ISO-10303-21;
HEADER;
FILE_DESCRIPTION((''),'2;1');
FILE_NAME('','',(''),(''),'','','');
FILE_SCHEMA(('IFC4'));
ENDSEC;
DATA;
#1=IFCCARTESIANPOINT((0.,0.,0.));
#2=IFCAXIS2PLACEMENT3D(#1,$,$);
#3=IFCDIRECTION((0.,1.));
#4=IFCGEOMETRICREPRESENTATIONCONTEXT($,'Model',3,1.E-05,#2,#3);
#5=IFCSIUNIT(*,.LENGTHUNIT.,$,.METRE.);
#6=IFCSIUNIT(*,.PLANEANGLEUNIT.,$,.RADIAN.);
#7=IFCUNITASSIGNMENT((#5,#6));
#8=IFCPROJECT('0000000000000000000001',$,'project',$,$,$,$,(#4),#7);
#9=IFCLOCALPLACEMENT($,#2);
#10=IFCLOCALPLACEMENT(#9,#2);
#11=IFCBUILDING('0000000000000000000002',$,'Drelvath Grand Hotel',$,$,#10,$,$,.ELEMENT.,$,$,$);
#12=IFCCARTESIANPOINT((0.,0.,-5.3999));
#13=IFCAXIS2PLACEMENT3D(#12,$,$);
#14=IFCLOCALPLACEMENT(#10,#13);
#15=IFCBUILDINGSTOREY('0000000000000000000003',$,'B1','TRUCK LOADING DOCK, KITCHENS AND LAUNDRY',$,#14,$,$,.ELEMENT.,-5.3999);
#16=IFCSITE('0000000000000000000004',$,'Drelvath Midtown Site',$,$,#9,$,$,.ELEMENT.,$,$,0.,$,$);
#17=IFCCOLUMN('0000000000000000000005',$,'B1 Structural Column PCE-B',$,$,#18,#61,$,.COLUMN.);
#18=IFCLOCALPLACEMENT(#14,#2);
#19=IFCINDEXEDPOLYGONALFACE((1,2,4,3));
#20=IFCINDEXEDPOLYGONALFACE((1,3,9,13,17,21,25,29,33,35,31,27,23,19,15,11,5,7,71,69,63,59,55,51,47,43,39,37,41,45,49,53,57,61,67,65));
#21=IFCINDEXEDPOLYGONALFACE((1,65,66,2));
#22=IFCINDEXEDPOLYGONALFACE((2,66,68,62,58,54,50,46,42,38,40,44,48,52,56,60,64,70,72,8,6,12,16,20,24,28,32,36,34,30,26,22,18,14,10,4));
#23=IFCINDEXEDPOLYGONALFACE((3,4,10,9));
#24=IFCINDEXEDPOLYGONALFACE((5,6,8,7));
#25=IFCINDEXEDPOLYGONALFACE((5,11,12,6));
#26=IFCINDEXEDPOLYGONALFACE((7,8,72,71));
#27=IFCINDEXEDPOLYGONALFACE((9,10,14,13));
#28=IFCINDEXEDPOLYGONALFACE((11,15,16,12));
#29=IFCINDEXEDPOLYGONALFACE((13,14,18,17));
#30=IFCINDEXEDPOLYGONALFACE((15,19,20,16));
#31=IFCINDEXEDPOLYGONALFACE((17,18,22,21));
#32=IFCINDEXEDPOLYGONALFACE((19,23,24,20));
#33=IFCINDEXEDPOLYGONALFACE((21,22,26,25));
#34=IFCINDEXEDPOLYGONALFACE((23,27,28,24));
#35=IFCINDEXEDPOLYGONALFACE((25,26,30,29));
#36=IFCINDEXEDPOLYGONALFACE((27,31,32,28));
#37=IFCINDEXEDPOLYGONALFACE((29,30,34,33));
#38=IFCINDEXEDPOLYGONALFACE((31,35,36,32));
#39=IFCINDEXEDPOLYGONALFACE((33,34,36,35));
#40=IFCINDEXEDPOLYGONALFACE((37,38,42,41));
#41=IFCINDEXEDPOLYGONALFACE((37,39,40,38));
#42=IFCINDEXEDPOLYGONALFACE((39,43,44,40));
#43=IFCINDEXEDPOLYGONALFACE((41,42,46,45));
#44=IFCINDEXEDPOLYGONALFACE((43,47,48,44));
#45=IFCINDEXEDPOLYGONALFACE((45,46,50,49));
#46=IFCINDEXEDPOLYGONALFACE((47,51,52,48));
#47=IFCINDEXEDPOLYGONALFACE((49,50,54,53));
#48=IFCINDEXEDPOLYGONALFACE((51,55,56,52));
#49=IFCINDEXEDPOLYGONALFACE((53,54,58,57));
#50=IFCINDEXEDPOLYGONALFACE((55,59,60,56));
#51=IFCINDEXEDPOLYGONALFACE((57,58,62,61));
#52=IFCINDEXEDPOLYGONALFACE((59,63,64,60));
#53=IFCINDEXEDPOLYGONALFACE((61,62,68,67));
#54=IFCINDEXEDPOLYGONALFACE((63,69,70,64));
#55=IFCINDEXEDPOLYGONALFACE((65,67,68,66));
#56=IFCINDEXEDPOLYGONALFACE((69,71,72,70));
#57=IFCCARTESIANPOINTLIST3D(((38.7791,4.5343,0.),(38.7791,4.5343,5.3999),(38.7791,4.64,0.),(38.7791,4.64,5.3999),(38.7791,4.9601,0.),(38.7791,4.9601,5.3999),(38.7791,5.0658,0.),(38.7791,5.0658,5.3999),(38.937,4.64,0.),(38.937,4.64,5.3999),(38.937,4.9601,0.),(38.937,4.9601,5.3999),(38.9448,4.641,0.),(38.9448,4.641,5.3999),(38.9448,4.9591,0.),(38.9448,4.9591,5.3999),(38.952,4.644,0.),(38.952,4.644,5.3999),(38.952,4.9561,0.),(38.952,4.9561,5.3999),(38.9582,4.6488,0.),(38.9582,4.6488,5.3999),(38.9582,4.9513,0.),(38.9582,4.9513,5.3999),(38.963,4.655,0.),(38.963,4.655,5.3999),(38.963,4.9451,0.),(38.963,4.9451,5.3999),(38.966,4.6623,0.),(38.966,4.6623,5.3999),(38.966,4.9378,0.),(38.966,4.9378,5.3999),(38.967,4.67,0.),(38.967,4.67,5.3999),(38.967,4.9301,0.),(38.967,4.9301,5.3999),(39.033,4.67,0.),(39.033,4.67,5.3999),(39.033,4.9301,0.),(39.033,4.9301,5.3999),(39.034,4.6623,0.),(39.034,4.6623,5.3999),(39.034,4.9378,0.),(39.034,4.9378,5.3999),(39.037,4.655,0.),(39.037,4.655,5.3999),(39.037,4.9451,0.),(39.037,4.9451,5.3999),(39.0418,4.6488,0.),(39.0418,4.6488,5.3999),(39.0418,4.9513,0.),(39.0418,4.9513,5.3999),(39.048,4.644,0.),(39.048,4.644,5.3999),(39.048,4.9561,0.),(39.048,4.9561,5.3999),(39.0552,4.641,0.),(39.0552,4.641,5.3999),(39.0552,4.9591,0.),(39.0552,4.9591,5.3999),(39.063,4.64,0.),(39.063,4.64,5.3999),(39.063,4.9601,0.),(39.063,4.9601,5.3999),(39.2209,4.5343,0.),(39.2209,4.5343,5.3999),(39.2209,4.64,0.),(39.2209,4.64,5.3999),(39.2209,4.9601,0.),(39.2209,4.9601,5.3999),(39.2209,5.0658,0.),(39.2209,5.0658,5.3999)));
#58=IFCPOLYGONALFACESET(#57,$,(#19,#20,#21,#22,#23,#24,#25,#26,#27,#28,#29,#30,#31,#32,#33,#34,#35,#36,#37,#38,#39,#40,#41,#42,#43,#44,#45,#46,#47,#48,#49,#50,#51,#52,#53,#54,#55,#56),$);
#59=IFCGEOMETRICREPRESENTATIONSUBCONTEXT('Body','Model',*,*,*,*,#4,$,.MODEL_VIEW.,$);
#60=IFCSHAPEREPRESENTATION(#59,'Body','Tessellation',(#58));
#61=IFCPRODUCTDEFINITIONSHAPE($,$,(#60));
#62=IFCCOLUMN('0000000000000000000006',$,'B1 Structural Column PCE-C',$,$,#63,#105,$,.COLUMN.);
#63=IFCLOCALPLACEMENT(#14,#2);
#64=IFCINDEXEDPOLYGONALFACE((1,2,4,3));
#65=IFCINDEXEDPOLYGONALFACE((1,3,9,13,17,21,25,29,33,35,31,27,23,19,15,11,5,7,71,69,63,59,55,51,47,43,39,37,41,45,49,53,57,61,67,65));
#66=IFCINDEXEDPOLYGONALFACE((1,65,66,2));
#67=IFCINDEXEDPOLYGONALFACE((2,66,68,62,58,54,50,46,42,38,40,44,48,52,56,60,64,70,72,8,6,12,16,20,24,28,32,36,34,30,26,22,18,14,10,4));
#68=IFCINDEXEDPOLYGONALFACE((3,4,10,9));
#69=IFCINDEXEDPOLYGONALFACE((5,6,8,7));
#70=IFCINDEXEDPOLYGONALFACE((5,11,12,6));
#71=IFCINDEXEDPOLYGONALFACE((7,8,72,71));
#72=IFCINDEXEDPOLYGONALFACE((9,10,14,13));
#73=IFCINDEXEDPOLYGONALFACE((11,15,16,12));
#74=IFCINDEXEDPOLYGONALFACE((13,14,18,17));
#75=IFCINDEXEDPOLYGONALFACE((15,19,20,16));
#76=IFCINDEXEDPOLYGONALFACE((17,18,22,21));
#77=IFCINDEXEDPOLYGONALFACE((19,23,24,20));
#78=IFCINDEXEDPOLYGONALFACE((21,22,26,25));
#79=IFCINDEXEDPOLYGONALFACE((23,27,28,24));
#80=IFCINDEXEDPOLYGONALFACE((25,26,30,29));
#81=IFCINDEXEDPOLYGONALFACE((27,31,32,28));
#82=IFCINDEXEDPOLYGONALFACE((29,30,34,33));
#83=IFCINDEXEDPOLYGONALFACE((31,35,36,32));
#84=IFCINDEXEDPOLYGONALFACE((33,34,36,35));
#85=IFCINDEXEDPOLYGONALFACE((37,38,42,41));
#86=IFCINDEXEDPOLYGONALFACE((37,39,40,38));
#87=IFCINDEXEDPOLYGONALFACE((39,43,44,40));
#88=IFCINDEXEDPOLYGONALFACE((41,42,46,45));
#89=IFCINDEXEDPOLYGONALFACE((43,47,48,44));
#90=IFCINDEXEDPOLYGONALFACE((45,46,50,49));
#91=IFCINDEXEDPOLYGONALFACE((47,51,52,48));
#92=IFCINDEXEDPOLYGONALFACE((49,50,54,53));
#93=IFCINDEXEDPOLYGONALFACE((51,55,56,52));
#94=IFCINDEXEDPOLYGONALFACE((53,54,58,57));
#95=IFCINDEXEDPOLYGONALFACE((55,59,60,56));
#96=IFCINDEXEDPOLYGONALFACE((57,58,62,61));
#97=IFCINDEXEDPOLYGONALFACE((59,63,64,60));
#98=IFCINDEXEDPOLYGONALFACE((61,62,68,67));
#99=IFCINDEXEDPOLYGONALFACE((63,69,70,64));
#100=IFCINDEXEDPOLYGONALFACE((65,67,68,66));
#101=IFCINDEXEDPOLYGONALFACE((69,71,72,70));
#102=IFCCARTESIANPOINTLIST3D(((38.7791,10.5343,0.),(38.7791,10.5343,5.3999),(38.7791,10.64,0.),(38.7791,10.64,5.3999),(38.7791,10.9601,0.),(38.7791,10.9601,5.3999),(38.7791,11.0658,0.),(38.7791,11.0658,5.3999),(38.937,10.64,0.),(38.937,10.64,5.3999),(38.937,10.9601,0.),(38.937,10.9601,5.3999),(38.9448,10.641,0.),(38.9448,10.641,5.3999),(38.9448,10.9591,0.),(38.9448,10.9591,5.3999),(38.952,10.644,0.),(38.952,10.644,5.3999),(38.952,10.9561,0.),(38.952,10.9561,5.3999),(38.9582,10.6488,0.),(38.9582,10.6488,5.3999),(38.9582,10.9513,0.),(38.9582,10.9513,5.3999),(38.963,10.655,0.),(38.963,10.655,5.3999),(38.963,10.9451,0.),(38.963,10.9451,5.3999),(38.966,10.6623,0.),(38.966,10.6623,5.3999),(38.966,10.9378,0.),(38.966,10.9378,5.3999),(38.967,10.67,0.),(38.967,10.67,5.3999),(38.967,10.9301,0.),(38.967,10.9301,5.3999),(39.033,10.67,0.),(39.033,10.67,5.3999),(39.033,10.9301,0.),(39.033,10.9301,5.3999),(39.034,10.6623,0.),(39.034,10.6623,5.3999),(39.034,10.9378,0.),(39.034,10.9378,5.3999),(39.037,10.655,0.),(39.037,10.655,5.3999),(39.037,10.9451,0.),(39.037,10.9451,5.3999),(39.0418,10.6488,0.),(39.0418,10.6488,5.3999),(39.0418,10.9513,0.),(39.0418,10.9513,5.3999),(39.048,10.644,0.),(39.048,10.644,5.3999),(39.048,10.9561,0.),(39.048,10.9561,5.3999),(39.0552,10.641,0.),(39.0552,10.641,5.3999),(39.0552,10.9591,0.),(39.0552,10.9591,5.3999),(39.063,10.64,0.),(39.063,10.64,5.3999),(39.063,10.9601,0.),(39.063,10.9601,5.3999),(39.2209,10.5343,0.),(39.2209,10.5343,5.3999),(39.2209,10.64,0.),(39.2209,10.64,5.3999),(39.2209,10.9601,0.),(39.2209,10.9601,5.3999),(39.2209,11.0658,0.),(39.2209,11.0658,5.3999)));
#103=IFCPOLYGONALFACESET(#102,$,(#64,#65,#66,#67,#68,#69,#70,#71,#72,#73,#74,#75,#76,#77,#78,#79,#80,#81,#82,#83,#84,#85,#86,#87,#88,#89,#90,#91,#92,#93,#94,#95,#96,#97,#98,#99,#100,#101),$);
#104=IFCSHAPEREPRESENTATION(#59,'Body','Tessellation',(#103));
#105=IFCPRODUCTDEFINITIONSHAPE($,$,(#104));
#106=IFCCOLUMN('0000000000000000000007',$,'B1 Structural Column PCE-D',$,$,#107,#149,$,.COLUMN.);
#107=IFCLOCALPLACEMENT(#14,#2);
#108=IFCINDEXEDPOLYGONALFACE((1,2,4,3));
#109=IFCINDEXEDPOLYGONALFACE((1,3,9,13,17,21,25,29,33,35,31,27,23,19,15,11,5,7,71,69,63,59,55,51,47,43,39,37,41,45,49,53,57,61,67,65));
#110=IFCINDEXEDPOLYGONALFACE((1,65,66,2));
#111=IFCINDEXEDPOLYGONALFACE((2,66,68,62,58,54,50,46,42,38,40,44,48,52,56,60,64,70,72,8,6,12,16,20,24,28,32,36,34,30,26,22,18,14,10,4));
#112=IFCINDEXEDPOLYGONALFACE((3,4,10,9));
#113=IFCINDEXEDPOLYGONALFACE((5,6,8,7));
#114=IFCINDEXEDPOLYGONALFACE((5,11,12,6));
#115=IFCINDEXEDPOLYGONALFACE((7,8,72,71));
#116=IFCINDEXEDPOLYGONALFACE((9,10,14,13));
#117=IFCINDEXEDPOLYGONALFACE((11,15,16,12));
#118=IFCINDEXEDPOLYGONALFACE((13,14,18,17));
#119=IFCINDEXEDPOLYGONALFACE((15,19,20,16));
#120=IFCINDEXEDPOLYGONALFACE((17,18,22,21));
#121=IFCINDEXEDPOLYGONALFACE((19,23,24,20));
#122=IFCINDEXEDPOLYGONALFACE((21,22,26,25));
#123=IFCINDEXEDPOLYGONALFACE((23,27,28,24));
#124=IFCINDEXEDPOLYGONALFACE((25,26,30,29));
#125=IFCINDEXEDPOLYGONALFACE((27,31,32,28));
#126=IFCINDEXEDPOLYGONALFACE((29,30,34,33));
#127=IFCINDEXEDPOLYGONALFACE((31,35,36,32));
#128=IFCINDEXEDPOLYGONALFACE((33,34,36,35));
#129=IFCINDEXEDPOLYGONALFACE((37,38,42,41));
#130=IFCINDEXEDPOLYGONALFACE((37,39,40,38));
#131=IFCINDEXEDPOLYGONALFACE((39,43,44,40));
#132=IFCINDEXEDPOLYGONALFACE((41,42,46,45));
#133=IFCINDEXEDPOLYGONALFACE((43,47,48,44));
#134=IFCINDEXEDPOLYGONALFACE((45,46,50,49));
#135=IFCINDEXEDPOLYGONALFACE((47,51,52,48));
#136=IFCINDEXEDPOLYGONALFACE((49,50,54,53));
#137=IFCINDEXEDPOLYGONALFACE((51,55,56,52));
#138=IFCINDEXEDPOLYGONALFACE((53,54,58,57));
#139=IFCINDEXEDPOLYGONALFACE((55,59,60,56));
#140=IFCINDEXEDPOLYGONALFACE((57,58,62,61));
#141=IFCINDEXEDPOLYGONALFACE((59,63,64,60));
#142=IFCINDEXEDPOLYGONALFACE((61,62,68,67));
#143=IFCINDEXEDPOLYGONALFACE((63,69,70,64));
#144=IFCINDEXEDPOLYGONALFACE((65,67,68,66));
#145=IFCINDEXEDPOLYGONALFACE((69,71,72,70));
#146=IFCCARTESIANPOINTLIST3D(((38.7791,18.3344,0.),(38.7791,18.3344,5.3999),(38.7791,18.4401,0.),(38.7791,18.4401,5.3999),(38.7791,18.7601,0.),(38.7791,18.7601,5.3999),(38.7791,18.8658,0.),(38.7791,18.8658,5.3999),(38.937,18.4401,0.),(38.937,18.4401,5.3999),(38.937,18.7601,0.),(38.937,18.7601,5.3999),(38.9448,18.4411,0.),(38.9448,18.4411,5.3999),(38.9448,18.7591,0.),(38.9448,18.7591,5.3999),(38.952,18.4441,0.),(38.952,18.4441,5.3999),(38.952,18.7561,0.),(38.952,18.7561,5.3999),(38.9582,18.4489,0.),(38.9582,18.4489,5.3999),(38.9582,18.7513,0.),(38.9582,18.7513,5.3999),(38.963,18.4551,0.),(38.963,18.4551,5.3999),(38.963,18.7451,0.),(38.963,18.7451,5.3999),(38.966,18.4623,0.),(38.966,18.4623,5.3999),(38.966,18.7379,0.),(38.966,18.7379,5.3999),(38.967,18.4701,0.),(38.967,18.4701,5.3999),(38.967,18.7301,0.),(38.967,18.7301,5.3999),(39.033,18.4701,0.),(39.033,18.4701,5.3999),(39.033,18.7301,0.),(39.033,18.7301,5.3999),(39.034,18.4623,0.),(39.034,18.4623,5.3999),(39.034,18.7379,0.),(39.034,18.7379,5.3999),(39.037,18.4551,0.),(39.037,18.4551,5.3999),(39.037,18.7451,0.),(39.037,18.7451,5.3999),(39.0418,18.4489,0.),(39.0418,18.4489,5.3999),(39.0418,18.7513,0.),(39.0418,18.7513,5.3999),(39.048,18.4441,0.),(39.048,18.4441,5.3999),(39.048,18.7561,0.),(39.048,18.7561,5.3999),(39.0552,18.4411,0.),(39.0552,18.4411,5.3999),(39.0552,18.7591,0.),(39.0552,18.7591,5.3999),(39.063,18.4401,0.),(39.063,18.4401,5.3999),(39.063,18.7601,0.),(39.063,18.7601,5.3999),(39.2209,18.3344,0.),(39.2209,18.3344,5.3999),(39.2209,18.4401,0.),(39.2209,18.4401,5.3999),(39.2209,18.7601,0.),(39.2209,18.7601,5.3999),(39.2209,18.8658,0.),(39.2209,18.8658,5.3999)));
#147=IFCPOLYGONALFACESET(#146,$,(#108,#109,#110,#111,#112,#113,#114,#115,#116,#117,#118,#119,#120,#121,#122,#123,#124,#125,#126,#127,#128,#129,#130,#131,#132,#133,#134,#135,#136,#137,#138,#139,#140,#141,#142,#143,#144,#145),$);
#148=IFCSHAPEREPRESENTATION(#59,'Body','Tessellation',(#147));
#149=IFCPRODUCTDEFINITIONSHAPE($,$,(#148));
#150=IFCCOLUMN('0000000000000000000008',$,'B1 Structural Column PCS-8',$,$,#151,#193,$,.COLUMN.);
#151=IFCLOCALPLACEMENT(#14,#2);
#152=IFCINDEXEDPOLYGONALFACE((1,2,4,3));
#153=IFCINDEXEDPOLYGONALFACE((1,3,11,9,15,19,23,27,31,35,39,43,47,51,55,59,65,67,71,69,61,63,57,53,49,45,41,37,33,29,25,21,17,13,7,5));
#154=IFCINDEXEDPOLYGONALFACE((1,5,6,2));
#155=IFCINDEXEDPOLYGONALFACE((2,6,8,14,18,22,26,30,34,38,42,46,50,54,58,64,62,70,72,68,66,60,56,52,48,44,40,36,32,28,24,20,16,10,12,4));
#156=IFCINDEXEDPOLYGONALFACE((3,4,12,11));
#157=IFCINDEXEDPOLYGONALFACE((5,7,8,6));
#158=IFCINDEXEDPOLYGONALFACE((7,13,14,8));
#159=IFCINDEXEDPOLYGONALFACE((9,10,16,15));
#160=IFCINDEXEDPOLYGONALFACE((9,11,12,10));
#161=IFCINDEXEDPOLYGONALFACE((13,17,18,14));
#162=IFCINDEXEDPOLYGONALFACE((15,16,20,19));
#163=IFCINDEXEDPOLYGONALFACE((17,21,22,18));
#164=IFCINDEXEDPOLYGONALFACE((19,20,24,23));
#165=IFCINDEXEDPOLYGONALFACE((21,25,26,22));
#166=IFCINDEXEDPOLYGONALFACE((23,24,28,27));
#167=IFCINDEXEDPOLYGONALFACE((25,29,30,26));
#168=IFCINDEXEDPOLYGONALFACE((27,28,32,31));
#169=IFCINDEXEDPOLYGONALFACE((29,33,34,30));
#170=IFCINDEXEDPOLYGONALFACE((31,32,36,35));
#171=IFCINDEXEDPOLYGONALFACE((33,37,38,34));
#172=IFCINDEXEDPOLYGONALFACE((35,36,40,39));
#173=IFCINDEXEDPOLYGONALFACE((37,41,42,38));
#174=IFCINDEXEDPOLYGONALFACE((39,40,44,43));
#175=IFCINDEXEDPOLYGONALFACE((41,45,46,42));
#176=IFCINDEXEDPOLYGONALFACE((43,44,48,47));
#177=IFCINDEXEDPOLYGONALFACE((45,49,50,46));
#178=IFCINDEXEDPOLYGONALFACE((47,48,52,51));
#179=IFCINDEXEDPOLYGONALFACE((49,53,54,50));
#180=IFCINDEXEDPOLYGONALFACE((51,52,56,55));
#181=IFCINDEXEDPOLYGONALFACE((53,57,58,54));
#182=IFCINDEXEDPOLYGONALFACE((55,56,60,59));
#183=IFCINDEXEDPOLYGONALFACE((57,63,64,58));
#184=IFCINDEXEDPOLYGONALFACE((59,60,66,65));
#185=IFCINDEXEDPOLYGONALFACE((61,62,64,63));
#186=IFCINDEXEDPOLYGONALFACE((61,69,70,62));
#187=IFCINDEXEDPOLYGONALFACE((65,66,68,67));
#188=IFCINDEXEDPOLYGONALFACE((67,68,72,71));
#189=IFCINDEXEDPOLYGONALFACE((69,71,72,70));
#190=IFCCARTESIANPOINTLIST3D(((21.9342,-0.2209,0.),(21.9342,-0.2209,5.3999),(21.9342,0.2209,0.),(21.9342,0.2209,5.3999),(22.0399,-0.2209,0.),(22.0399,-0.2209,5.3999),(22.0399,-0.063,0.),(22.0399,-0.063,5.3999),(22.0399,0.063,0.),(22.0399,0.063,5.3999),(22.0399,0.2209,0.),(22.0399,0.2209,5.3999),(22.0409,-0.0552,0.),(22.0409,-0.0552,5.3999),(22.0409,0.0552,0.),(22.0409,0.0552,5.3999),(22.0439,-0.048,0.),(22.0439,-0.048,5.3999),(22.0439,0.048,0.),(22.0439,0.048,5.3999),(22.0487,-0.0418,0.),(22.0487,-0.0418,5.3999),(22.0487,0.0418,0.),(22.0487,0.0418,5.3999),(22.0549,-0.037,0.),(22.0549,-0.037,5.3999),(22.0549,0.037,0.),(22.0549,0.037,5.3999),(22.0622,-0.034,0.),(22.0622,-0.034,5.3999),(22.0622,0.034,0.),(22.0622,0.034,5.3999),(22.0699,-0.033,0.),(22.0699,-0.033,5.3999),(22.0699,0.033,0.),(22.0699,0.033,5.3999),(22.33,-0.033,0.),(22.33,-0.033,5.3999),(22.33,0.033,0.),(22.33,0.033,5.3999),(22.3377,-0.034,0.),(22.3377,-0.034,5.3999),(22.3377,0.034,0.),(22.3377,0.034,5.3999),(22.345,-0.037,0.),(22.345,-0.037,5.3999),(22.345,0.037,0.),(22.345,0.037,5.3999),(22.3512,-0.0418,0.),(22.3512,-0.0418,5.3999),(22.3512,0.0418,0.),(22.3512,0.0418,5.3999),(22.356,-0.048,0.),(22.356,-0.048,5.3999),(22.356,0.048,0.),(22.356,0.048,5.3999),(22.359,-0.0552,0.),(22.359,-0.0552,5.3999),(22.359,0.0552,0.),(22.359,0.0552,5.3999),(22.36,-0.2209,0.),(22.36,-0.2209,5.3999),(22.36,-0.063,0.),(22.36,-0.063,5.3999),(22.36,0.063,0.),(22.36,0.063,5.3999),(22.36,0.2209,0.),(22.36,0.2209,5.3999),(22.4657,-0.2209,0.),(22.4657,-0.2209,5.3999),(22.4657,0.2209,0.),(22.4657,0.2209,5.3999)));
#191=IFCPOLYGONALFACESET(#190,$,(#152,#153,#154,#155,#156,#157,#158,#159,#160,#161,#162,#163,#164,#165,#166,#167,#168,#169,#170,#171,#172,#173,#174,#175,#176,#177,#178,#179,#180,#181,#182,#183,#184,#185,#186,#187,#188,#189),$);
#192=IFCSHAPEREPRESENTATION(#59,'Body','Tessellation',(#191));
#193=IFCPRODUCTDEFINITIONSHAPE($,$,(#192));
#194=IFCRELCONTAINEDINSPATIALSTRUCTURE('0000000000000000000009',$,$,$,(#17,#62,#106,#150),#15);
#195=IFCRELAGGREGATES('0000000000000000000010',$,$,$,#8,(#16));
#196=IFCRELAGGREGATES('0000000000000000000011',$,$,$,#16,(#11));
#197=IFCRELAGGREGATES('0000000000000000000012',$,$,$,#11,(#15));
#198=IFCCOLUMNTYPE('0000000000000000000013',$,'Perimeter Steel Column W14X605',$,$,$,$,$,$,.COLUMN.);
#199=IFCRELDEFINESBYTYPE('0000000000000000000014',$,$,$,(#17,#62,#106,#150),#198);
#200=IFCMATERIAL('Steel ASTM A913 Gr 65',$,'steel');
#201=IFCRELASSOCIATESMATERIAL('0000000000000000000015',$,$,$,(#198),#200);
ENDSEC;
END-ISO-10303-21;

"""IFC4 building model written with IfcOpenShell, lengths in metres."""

from ifc_helpers import new_model, si_unit, direction, frame, origin, origin_2d, place, context, subcontext, project, spatial, i_section, extrude, material, material_profile, profile_set, type_object, element, save


model = new_model("IFC4")

# Units and contexts
model_context = context("Model", 3, precision=1e-05, world=origin(), true_north=direction((0.0, 1.0)))
body_context = subcontext(model_context, "Body", "Model", "MODEL_VIEW")
ifc_project = project(units=[si_unit("LENGTHUNIT", "METRE"), si_unit("PLANEANGLEUNIT", "RADIAN")], contexts=[model_context])

# Site, building, storey
site_placement = place(None, origin())
site = spatial("IfcSite", under=ifc_project, at=site_placement, Name="Drelvath Midtown Site", CompositionType="ELEMENT", RefElevation=0.0)
building_placement = place(site_placement, origin())
building = spatial("IfcBuilding", under=site, at=building_placement, Name="Drelvath Grand Hotel", CompositionType="ELEMENT")
storey_placement = place(building_placement, frame((0.0, 0.0, -5.3999)))
storey = spatial("IfcBuildingStorey", under=building, at=storey_placement, Name="B1", Description="TRUCK LOADING DOCK, KITCHENS AND LAUNDRY", CompositionType="ELEMENT", Elevation=-5.3999)

# Columns
ifc_material_1 = material(Name="Steel ASTM A913 Gr 65", Category="steel")
ifc_material_profile_1 = material_profile(ifc_material_1, i_section(OverallWidth=0.4419, OverallDepth=0.5315, WebThickness=0.0659, FlangeThickness=0.1057, FilletRadius=0.03, at=origin_2d()), Name="W14X605")
ifc_profile_set_1 = profile_set([ifc_material_profile_1], Name="Steel ASTM A913 Gr 65")
column_type_1 = type_object("IfcColumnType", Name="Perimeter Steel Column W14X605", PredefinedType="COLUMN", material=ifc_profile_set_1)
for number, where, z_axis, x_axis, name in (
    (1, (39.0, 4.8, 0.0), (0.0, 0.0, 1.0), (1.0, 0.0, 0.0), "B1 Structural Column PCE-B"),
    (2, (39.0, 10.8, 0.0), (0.0, 0.0, 1.0), (1.0, 0.0, 0.0), "B1 Structural Column PCE-C"),
    (3, (39.0, 18.6001, 0.0), (0.0, 0.0, 1.0), (1.0, 0.0, 0.0), "B1 Structural Column PCE-D"),
    (4, (22.2, 0.0, 0.0), (0.0, 0.0, 1.0), (0.0, 1.0, 0.0), "B1 Structural Column PCS-8"),
):
    element("IfcColumn", number, at=place(storey_placement, frame(where, z_axis=z_axis, x_axis=x_axis)), inside=storey, type_object=column_type_1, Name=name, PredefinedType="COLUMN", context=body_context, shape_type="SweptSolid", body=[
        extrude(i_section(OverallWidth=0.4419, OverallDepth=0.5315, WebThickness=0.0659, FlangeThickness=0.1057, FilletRadius=0.03, at=origin_2d()), origin(), (0.0, 0.0, 1.0), 5.3999),
    ])

save(model, "model.ifc")
